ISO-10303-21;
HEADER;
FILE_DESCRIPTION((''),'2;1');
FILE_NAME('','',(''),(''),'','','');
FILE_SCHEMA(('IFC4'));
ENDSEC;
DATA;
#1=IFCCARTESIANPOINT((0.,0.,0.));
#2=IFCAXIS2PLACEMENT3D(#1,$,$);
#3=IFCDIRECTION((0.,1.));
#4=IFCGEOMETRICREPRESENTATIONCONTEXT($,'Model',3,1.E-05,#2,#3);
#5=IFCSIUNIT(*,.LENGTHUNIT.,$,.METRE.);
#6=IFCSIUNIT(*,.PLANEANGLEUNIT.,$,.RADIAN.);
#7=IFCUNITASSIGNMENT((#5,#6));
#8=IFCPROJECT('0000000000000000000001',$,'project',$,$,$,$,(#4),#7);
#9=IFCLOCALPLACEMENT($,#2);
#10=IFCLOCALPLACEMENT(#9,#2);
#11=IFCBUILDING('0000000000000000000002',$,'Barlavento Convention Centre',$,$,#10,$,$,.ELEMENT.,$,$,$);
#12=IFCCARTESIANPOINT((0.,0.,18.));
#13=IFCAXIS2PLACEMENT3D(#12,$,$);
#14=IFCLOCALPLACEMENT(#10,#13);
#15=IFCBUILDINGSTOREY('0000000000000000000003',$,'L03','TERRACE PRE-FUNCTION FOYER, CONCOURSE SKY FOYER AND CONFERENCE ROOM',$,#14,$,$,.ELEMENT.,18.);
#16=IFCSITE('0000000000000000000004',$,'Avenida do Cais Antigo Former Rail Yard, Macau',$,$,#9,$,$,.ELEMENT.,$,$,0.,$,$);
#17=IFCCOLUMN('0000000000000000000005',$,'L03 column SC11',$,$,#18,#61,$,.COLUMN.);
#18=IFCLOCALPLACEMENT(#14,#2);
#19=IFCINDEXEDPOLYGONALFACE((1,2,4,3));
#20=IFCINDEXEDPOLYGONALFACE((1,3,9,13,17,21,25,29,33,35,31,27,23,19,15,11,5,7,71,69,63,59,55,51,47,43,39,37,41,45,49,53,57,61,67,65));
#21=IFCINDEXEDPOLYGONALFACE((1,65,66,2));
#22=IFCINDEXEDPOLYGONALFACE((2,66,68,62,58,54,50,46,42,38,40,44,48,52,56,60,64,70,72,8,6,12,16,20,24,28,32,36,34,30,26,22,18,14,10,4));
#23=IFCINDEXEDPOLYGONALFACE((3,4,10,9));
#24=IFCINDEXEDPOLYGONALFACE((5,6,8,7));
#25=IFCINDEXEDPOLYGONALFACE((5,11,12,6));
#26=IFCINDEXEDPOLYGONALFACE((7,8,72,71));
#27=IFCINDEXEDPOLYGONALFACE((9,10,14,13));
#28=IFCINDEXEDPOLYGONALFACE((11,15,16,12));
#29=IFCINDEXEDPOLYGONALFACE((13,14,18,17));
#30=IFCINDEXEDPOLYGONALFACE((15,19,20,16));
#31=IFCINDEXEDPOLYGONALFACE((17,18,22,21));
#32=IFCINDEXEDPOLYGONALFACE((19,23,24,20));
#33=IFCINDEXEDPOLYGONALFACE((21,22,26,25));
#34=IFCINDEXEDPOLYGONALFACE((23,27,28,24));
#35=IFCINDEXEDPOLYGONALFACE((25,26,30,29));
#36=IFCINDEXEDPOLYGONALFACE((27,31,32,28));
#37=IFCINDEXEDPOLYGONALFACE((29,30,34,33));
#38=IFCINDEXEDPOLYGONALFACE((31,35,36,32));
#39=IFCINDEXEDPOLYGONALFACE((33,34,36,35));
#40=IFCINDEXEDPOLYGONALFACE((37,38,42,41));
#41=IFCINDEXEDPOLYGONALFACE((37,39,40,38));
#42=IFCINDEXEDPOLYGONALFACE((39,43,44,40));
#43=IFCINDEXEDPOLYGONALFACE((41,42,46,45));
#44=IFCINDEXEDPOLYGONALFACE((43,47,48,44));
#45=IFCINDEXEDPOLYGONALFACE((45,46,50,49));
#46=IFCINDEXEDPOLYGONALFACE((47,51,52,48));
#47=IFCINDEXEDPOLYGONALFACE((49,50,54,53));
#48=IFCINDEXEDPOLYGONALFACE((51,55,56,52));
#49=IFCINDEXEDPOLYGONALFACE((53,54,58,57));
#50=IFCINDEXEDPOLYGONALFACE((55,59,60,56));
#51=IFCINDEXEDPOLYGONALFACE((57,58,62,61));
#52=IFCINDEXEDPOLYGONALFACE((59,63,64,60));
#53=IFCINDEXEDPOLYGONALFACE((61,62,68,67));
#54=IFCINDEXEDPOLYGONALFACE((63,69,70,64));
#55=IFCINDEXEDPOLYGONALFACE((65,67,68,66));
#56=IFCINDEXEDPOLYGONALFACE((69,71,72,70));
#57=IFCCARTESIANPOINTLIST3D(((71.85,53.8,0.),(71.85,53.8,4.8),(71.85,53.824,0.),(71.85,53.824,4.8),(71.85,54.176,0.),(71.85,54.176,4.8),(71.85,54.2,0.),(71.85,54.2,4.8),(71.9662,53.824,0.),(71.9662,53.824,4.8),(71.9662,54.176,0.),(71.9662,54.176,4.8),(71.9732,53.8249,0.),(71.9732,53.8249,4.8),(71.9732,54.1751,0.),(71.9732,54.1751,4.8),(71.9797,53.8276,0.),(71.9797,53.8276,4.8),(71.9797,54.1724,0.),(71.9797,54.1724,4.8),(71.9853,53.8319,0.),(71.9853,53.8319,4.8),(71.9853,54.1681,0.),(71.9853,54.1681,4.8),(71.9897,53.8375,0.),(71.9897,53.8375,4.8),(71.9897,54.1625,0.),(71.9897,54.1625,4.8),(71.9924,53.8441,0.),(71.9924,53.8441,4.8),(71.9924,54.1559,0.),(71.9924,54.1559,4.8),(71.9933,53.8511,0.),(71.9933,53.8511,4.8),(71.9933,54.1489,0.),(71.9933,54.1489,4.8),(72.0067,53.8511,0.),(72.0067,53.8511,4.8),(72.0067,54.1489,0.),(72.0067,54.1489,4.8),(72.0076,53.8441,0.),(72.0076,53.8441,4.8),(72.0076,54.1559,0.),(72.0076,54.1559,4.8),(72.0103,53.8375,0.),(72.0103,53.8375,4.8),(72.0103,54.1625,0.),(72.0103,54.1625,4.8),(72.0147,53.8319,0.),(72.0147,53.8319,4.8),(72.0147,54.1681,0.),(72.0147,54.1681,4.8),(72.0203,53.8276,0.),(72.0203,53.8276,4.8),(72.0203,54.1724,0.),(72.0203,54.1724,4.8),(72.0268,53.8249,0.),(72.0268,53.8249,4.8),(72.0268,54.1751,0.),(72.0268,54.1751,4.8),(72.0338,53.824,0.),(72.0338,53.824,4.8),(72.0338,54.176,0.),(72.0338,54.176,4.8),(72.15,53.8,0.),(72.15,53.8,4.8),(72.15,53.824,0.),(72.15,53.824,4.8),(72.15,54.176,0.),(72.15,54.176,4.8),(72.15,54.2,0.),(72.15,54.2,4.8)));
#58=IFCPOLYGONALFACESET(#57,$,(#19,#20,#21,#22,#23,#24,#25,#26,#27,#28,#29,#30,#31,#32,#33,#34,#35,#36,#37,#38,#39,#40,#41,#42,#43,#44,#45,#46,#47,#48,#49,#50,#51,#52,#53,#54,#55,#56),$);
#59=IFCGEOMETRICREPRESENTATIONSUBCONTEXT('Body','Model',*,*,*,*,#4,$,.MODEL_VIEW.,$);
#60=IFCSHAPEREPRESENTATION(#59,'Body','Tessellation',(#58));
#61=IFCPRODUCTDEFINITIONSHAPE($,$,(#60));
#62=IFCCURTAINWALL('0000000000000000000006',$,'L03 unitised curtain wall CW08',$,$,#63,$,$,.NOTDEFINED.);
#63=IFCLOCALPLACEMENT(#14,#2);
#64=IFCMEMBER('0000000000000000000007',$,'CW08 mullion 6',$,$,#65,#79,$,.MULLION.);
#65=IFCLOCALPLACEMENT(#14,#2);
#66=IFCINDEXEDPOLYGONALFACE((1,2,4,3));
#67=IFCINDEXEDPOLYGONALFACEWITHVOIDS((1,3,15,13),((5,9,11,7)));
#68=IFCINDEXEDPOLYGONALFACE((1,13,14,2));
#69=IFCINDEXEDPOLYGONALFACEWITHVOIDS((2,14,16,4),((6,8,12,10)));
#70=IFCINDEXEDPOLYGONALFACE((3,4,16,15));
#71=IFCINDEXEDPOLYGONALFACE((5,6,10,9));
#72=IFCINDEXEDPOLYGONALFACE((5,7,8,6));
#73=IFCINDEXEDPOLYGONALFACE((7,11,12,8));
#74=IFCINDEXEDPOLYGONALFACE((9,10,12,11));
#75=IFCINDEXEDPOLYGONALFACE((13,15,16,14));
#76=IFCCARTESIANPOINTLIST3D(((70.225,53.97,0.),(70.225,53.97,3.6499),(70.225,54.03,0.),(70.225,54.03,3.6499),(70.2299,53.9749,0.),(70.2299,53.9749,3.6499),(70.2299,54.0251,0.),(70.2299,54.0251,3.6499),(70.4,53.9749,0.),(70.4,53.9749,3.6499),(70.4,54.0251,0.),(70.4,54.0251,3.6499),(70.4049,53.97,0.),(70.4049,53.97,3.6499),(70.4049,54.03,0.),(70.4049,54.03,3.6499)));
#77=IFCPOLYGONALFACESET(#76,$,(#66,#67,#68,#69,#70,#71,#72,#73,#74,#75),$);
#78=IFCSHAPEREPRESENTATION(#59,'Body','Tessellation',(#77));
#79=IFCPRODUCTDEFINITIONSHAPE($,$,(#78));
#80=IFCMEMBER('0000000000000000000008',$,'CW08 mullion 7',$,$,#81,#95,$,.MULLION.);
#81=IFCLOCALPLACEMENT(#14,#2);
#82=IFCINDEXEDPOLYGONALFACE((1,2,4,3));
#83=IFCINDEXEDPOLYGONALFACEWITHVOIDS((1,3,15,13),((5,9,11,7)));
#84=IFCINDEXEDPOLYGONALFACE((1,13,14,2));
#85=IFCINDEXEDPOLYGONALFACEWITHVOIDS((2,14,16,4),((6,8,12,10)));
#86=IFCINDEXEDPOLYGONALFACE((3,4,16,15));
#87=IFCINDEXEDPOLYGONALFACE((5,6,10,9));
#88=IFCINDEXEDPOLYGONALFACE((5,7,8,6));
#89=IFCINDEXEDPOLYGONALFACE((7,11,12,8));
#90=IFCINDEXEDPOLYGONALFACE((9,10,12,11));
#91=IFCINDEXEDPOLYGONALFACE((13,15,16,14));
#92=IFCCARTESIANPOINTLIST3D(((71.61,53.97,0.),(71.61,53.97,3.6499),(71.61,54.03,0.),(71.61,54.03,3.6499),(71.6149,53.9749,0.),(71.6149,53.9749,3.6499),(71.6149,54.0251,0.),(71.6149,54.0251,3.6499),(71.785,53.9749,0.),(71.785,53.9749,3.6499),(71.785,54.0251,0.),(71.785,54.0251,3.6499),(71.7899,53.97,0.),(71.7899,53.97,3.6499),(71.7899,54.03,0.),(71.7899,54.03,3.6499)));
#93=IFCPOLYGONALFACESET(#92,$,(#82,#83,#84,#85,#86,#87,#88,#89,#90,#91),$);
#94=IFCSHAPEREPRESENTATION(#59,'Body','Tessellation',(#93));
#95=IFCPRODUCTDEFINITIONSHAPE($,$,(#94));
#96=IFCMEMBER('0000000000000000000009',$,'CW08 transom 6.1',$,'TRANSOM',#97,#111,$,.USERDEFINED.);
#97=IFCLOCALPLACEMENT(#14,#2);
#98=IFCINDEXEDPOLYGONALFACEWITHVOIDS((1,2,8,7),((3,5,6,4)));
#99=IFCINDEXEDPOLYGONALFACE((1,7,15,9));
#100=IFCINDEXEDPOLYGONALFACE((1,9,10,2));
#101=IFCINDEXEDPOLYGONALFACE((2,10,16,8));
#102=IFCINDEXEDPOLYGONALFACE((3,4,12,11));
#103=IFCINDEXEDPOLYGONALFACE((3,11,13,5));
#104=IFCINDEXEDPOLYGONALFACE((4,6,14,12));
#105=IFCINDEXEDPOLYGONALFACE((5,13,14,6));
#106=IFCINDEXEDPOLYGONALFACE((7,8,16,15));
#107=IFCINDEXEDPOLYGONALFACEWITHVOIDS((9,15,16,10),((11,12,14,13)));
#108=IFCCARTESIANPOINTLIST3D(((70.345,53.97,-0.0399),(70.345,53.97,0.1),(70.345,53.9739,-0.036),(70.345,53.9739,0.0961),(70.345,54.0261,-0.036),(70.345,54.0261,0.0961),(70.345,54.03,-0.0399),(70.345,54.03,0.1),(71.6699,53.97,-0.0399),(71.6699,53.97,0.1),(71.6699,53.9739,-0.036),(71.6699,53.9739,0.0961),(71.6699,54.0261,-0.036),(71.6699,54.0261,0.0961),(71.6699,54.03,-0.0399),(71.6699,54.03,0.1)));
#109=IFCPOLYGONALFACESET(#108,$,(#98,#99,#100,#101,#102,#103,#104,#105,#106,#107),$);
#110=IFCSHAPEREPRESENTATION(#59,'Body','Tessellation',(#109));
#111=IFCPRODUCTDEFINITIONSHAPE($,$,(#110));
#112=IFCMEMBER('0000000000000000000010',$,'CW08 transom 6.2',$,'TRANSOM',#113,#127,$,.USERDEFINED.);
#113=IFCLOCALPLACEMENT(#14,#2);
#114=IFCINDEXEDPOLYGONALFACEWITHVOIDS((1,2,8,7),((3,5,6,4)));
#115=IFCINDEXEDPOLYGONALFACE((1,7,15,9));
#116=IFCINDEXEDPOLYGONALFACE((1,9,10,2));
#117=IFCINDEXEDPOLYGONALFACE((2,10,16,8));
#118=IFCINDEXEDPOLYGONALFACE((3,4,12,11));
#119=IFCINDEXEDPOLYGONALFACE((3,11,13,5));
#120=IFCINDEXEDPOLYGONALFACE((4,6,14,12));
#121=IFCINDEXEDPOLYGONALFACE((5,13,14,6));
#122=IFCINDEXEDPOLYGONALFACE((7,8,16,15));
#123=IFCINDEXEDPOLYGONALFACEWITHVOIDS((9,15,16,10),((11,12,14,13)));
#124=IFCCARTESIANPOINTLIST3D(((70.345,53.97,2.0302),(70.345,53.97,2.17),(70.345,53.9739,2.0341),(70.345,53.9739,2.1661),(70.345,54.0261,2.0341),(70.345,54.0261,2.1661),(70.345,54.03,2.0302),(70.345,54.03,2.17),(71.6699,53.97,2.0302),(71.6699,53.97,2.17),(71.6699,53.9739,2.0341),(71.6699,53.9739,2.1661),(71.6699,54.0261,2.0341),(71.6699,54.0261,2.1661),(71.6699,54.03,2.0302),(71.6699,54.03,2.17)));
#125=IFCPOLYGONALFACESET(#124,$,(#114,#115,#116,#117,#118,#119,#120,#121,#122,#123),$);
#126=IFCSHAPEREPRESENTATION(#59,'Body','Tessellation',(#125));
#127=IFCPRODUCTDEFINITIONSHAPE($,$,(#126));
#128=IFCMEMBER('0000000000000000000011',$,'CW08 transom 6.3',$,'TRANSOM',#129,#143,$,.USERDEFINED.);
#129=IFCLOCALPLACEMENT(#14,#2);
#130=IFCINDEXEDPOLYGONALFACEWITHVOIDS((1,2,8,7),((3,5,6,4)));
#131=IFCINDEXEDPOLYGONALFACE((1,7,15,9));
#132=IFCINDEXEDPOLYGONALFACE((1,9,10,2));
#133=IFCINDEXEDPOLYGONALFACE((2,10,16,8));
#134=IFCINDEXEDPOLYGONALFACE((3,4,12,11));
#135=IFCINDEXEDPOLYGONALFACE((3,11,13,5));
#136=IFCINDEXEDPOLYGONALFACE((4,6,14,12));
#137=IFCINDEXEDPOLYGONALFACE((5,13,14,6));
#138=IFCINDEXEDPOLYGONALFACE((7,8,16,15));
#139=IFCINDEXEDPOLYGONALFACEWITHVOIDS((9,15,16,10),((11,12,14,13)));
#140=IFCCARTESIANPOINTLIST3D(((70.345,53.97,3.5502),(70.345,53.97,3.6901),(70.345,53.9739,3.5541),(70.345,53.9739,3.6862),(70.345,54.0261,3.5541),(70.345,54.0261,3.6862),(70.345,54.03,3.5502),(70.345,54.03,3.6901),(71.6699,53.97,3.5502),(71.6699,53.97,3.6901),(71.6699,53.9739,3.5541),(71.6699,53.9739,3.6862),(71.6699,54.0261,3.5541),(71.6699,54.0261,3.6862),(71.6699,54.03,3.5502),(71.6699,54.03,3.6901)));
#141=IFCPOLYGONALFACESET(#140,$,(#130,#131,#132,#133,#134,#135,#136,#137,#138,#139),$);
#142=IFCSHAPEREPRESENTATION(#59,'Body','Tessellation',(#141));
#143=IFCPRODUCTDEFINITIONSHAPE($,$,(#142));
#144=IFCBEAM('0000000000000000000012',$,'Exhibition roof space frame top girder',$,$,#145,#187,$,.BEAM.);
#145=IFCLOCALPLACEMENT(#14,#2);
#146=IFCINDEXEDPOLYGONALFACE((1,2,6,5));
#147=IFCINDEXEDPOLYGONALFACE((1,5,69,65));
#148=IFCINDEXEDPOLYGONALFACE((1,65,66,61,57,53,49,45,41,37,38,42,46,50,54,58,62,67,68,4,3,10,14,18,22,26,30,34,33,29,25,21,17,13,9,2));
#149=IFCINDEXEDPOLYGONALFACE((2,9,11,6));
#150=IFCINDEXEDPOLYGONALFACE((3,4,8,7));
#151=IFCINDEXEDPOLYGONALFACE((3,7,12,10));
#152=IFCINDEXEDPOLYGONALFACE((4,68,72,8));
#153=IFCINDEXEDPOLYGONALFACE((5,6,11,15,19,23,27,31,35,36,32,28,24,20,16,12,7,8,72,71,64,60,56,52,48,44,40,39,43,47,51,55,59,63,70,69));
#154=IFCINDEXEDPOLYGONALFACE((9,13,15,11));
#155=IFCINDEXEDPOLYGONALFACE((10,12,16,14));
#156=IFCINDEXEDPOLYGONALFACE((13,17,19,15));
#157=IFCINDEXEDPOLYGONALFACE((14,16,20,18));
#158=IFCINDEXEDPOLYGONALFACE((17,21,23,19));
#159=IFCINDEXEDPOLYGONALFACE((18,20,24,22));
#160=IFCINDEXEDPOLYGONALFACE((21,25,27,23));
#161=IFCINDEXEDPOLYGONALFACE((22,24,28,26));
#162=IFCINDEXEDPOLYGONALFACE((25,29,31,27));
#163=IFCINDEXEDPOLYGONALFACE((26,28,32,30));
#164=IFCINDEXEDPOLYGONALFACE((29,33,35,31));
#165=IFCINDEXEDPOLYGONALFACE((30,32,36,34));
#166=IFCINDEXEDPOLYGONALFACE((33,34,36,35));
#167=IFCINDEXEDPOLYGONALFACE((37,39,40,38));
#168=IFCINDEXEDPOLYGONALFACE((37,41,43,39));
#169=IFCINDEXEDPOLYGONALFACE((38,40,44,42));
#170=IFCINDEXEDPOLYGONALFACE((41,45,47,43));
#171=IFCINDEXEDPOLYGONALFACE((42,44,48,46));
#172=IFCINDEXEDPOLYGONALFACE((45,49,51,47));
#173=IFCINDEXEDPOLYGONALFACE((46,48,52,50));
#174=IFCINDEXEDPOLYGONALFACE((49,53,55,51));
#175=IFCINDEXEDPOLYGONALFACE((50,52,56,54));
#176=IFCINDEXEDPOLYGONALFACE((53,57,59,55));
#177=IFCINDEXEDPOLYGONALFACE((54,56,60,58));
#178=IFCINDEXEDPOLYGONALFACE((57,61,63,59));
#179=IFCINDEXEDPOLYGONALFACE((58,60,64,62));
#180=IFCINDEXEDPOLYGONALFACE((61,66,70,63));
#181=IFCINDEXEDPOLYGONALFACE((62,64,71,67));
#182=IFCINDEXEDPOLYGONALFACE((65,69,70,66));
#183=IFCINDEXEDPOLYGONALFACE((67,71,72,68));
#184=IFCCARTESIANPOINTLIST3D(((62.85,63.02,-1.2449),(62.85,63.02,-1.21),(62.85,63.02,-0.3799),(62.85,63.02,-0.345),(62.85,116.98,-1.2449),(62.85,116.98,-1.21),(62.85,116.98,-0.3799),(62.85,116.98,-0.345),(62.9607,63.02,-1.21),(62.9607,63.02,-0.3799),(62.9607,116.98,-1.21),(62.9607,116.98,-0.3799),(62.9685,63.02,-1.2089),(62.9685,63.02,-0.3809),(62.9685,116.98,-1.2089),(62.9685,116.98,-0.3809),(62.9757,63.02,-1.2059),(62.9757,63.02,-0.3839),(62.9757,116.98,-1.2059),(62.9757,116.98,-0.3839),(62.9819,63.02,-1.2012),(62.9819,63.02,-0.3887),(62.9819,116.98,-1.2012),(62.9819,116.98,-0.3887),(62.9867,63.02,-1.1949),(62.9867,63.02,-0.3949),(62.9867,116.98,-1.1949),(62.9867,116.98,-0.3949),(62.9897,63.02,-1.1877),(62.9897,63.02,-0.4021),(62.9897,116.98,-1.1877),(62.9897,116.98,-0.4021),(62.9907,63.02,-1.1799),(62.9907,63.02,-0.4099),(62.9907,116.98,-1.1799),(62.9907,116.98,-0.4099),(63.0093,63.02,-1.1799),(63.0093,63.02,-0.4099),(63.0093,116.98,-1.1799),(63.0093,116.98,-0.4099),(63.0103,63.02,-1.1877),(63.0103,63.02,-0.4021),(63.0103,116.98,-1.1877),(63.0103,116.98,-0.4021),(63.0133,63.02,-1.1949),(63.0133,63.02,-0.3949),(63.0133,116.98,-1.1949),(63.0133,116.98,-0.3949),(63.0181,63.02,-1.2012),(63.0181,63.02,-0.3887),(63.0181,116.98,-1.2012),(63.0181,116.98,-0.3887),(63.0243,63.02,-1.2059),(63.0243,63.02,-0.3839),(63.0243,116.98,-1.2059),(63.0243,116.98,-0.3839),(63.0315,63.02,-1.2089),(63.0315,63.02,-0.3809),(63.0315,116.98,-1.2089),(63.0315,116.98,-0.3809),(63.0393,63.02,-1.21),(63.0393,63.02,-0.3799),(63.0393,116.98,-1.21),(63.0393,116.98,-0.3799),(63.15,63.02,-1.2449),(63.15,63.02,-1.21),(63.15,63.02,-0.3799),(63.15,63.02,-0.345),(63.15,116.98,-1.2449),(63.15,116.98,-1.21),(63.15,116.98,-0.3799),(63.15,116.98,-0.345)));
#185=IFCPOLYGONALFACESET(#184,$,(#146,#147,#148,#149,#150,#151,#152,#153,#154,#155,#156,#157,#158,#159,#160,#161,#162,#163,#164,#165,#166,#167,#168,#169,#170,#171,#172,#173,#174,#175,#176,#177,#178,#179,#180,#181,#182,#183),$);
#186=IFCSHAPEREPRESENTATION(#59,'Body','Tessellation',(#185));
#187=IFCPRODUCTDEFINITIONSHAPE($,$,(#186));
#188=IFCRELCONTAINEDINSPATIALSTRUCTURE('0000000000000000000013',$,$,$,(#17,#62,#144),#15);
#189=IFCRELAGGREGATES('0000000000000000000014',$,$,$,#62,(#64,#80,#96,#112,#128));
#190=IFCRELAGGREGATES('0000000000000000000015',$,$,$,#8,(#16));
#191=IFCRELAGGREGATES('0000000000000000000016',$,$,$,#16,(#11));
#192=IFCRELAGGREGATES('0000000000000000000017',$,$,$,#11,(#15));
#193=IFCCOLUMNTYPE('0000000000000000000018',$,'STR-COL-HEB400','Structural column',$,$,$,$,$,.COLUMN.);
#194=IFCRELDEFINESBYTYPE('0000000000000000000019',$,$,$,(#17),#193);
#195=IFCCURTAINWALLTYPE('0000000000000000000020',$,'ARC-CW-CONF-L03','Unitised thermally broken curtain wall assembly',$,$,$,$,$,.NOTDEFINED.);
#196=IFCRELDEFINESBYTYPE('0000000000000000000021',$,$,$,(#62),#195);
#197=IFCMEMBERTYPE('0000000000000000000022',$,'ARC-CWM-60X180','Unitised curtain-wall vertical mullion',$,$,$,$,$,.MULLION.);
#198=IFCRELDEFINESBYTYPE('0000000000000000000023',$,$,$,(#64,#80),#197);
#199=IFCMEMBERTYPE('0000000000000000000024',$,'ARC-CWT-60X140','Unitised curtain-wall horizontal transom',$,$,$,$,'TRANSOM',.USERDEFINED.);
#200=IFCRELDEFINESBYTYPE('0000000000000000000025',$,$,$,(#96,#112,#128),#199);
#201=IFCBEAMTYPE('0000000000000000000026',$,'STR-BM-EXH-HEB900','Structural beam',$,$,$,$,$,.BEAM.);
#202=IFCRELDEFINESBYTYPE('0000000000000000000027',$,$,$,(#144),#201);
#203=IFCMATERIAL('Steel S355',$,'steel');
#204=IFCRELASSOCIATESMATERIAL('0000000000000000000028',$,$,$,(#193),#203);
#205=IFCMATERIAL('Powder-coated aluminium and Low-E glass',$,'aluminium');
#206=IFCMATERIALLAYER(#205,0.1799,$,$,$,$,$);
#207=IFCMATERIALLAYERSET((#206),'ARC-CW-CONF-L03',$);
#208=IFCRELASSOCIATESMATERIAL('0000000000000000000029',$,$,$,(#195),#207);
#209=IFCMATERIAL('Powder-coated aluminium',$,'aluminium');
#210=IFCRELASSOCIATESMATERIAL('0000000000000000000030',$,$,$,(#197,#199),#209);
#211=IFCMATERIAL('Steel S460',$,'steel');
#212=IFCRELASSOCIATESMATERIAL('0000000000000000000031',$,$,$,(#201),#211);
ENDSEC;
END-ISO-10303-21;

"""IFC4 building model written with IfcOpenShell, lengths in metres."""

from ifc_helpers import new_model, si_unit, direction, frame, origin, origin_2d, place, context, subcontext, project, spatial, hollow_rectangle, i_section, extrude, material, layer, layer_set, material_profile, profile_set, type_object, element, aggregate, save


model = new_model("IFC4")

# Units and contexts
model_context = context("Model", 3, precision=1e-05, world=origin(), true_north=direction((0.0, 1.0)))
body_context = subcontext(model_context, "Body", "Model", "MODEL_VIEW")
ifc_project = project(units=[si_unit("LENGTHUNIT", "METRE"), si_unit("PLANEANGLEUNIT", "RADIAN")], contexts=[model_context])

# Site, building, storey
site_placement = place(None, origin())
site = spatial("IfcSite", under=ifc_project, at=site_placement, Name="Avenida do Cais Antigo Former Rail Yard, Macau", CompositionType="ELEMENT", RefElevation=0.0)
building_placement = place(site_placement, origin())
building = spatial("IfcBuilding", under=site, at=building_placement, Name="Barlavento Convention Centre", CompositionType="ELEMENT")
storey_placement = place(building_placement, frame((0.0, 0.0, 18.0)))
storey = spatial("IfcBuildingStorey", under=building, at=storey_placement, Name="L03", Description="TERRACE PRE-FUNCTION FOYER, CONCOURSE SKY FOYER AND CONFERENCE ROOM", CompositionType="ELEMENT", Elevation=18.0)

# Column
ifc_material_1 = material(Name="Steel S355", Category="steel")
ifc_material_profile_1 = material_profile(ifc_material_1, i_section(OverallWidth=0.3, OverallDepth=0.3999, WebThickness=0.0134, FlangeThickness=0.0239, FilletRadius=0.0271, at=origin_2d()), Name="HEB 400")
ifc_profile_set_1 = profile_set([ifc_material_profile_1], Name="Steel S355")
column_type = type_object("IfcColumnType", Name="STR-COL-HEB400", Description="Structural column", PredefinedType="COLUMN", material=ifc_profile_set_1)
column_placement = place(storey_placement, frame((72.0, 54.0, 0.0), z_axis=(0.0, 0.0, 1.0), x_axis=(1.0, 0.0, 0.0)))
element("IfcColumn", 1, at=column_placement, inside=storey, type_object=column_type, Name="L03 column SC11", PredefinedType="COLUMN", context=body_context, shape_type="SweptSolid", body=[
    extrude(i_section(OverallWidth=0.3, OverallDepth=0.3999, WebThickness=0.0134, FlangeThickness=0.0239, FilletRadius=0.0271, at=origin_2d()), origin(), (0.0, 0.0, 1.0), 4.8),
])

# Curtain wall, members
ifc_material_2 = material(Name="Powder-coated aluminium and Low-E glass", Category="aluminium")
ifc_layer_1 = layer(ifc_material_2, 0.1799)
ifc_layer_set_1 = layer_set([ifc_layer_1], Name="ARC-CW-CONF-L03")
curtain_wall_type = type_object("IfcCurtainWallType", Name="ARC-CW-CONF-L03", Description="Unitised thermally broken curtain wall assembly", PredefinedType="NOTDEFINED", material=ifc_layer_set_1)
curtain_wall_placement = place(storey_placement, origin())
curtain_wall = element("IfcCurtainWall", 2, at=curtain_wall_placement, inside=storey, type_object=curtain_wall_type, Name="L03 unitised curtain wall CW08", PredefinedType="NOTDEFINED")
ifc_material_3 = material(Name="Powder-coated aluminium", Category="aluminium")
ifc_material_profile_2 = material_profile(ifc_material_3, hollow_rectangle(XDim=0.0601, YDim=0.1799, WallThickness=0.0049, at=origin_2d()), Name="AL-MULL 60x180x5")
ifc_profile_set_2 = profile_set([ifc_material_profile_2], Name="Powder-coated aluminium")
member_type_1 = type_object("IfcMemberType", Name="ARC-CWM-60X180", Description="Unitised curtain-wall vertical mullion", PredefinedType="MULLION", material=ifc_profile_set_2)
member_1_placement = place(storey_placement, frame((70.3149, 54.0, 0.0), z_axis=(0.0, 0.0, 1.0), x_axis=(0.0, 1.0, 0.0)))
member_1 = element("IfcMember", 3, at=member_1_placement, type_object=member_type_1, Name="CW08 mullion 6", PredefinedType="MULLION", context=body_context, shape_type="SweptSolid", body=[
    extrude(hollow_rectangle(XDim=0.0601, YDim=0.1799, WallThickness=0.0049, at=origin_2d()), origin(), (0.0, 0.0, 1.0), 3.6499),
])
member_2_placement = place(storey_placement, frame((71.7, 54.0, 0.0), z_axis=(0.0, 0.0, 1.0), x_axis=(0.0, 1.0, 0.0)))
member_2 = element("IfcMember", 4, at=member_2_placement, type_object=member_type_1, Name="CW08 mullion 7", PredefinedType="MULLION", context=body_context, shape_type="SweptSolid", body=[
    extrude(hollow_rectangle(XDim=0.0601, YDim=0.1799, WallThickness=0.0049, at=origin_2d()), origin(), (0.0, 0.0, 1.0), 3.6499),
])
ifc_material_profile_3 = material_profile(ifc_material_3, hollow_rectangle(XDim=0.0601, YDim=0.1399, WallThickness=0.0039, at=origin_2d()), Name="AL-TRAN 60x140x4")
ifc_profile_set_3 = profile_set([ifc_material_profile_3], Name="Powder-coated aluminium")
member_type_2 = type_object("IfcMemberType", Name="ARC-CWT-60X140", Description="Unitised curtain-wall horizontal transom", ElementType="TRANSOM", PredefinedType="USERDEFINED", material=ifc_profile_set_3)
member_3_placement = place(storey_placement, frame((70.345, 54.0, 0.03), z_axis=(1.0, 0.0, 0.0), x_axis=(0.0, 1.0, 0.0)))
member_3 = element("IfcMember", 5, at=member_3_placement, type_object=member_type_2, Name="CW08 transom 6.1", ObjectType="TRANSOM", PredefinedType="USERDEFINED", context=body_context, shape_type="SweptSolid", body=[
    extrude(hollow_rectangle(XDim=0.0601, YDim=0.1399, WallThickness=0.0039, at=origin_2d()), origin(), (0.0, 0.0, 1.0), 1.325),
])
member_4_placement = place(storey_placement, frame((70.345, 54.0, 2.1001), z_axis=(1.0, 0.0, 0.0), x_axis=(0.0, 1.0, 0.0)))
member_4 = element("IfcMember", 6, at=member_4_placement, type_object=member_type_2, Name="CW08 transom 6.2", ObjectType="TRANSOM", PredefinedType="USERDEFINED", context=body_context, shape_type="SweptSolid", body=[
    extrude(hollow_rectangle(XDim=0.0601, YDim=0.1399, WallThickness=0.0039, at=origin_2d()), origin(), (0.0, 0.0, 1.0), 1.325),
])
member_5_placement = place(storey_placement, frame((70.345, 54.0, 3.6201), z_axis=(1.0, 0.0, 0.0), x_axis=(0.0, 1.0, 0.0)))
member_5 = element("IfcMember", 7, at=member_5_placement, type_object=member_type_2, Name="CW08 transom 6.3", ObjectType="TRANSOM", PredefinedType="USERDEFINED", context=body_context, shape_type="SweptSolid", body=[
    extrude(hollow_rectangle(XDim=0.0601, YDim=0.1399, WallThickness=0.0039, at=origin_2d()), origin(), (0.0, 0.0, 1.0), 1.325),
])

# Beam
ifc_material_4 = material(Name="Steel S460", Category="steel")
ifc_material_profile_4 = material_profile(ifc_material_4, i_section(OverallWidth=0.3, OverallDepth=0.8999, WebThickness=0.0186, FlangeThickness=0.0349, FilletRadius=0.03, at=origin_2d()), Name="HEB 900")
ifc_profile_set_4 = profile_set([ifc_material_profile_4], Name="Steel S460")
beam_type_1 = type_object("IfcBeamType", Name="STR-BM-EXH-HEB900", Description="Structural beam", PredefinedType="BEAM", material=ifc_profile_set_4)
beam_1_placement = place(storey_placement, frame((63.0, 63.02, -0.7949), z_axis=(0.0, 1.0, 0.0), x_axis=(-1.0, 0.0, 0.0)))
element("IfcBeam", 8, at=beam_1_placement, inside=storey, type_object=beam_type_1, Name="Exhibition roof space frame top girder", PredefinedType="BEAM", context=body_context, shape_type="SweptSolid", body=[
    extrude(i_section(OverallWidth=0.3, OverallDepth=0.8999, WebThickness=0.0186, FlangeThickness=0.0349, FilletRadius=0.03, at=origin_2d()), origin(), (0.0, 0.0, 1.0), 53.96),
])

aggregate(curtain_wall, [member_1, member_2, member_3, member_4, member_5])

save(model, "model.ifc")
